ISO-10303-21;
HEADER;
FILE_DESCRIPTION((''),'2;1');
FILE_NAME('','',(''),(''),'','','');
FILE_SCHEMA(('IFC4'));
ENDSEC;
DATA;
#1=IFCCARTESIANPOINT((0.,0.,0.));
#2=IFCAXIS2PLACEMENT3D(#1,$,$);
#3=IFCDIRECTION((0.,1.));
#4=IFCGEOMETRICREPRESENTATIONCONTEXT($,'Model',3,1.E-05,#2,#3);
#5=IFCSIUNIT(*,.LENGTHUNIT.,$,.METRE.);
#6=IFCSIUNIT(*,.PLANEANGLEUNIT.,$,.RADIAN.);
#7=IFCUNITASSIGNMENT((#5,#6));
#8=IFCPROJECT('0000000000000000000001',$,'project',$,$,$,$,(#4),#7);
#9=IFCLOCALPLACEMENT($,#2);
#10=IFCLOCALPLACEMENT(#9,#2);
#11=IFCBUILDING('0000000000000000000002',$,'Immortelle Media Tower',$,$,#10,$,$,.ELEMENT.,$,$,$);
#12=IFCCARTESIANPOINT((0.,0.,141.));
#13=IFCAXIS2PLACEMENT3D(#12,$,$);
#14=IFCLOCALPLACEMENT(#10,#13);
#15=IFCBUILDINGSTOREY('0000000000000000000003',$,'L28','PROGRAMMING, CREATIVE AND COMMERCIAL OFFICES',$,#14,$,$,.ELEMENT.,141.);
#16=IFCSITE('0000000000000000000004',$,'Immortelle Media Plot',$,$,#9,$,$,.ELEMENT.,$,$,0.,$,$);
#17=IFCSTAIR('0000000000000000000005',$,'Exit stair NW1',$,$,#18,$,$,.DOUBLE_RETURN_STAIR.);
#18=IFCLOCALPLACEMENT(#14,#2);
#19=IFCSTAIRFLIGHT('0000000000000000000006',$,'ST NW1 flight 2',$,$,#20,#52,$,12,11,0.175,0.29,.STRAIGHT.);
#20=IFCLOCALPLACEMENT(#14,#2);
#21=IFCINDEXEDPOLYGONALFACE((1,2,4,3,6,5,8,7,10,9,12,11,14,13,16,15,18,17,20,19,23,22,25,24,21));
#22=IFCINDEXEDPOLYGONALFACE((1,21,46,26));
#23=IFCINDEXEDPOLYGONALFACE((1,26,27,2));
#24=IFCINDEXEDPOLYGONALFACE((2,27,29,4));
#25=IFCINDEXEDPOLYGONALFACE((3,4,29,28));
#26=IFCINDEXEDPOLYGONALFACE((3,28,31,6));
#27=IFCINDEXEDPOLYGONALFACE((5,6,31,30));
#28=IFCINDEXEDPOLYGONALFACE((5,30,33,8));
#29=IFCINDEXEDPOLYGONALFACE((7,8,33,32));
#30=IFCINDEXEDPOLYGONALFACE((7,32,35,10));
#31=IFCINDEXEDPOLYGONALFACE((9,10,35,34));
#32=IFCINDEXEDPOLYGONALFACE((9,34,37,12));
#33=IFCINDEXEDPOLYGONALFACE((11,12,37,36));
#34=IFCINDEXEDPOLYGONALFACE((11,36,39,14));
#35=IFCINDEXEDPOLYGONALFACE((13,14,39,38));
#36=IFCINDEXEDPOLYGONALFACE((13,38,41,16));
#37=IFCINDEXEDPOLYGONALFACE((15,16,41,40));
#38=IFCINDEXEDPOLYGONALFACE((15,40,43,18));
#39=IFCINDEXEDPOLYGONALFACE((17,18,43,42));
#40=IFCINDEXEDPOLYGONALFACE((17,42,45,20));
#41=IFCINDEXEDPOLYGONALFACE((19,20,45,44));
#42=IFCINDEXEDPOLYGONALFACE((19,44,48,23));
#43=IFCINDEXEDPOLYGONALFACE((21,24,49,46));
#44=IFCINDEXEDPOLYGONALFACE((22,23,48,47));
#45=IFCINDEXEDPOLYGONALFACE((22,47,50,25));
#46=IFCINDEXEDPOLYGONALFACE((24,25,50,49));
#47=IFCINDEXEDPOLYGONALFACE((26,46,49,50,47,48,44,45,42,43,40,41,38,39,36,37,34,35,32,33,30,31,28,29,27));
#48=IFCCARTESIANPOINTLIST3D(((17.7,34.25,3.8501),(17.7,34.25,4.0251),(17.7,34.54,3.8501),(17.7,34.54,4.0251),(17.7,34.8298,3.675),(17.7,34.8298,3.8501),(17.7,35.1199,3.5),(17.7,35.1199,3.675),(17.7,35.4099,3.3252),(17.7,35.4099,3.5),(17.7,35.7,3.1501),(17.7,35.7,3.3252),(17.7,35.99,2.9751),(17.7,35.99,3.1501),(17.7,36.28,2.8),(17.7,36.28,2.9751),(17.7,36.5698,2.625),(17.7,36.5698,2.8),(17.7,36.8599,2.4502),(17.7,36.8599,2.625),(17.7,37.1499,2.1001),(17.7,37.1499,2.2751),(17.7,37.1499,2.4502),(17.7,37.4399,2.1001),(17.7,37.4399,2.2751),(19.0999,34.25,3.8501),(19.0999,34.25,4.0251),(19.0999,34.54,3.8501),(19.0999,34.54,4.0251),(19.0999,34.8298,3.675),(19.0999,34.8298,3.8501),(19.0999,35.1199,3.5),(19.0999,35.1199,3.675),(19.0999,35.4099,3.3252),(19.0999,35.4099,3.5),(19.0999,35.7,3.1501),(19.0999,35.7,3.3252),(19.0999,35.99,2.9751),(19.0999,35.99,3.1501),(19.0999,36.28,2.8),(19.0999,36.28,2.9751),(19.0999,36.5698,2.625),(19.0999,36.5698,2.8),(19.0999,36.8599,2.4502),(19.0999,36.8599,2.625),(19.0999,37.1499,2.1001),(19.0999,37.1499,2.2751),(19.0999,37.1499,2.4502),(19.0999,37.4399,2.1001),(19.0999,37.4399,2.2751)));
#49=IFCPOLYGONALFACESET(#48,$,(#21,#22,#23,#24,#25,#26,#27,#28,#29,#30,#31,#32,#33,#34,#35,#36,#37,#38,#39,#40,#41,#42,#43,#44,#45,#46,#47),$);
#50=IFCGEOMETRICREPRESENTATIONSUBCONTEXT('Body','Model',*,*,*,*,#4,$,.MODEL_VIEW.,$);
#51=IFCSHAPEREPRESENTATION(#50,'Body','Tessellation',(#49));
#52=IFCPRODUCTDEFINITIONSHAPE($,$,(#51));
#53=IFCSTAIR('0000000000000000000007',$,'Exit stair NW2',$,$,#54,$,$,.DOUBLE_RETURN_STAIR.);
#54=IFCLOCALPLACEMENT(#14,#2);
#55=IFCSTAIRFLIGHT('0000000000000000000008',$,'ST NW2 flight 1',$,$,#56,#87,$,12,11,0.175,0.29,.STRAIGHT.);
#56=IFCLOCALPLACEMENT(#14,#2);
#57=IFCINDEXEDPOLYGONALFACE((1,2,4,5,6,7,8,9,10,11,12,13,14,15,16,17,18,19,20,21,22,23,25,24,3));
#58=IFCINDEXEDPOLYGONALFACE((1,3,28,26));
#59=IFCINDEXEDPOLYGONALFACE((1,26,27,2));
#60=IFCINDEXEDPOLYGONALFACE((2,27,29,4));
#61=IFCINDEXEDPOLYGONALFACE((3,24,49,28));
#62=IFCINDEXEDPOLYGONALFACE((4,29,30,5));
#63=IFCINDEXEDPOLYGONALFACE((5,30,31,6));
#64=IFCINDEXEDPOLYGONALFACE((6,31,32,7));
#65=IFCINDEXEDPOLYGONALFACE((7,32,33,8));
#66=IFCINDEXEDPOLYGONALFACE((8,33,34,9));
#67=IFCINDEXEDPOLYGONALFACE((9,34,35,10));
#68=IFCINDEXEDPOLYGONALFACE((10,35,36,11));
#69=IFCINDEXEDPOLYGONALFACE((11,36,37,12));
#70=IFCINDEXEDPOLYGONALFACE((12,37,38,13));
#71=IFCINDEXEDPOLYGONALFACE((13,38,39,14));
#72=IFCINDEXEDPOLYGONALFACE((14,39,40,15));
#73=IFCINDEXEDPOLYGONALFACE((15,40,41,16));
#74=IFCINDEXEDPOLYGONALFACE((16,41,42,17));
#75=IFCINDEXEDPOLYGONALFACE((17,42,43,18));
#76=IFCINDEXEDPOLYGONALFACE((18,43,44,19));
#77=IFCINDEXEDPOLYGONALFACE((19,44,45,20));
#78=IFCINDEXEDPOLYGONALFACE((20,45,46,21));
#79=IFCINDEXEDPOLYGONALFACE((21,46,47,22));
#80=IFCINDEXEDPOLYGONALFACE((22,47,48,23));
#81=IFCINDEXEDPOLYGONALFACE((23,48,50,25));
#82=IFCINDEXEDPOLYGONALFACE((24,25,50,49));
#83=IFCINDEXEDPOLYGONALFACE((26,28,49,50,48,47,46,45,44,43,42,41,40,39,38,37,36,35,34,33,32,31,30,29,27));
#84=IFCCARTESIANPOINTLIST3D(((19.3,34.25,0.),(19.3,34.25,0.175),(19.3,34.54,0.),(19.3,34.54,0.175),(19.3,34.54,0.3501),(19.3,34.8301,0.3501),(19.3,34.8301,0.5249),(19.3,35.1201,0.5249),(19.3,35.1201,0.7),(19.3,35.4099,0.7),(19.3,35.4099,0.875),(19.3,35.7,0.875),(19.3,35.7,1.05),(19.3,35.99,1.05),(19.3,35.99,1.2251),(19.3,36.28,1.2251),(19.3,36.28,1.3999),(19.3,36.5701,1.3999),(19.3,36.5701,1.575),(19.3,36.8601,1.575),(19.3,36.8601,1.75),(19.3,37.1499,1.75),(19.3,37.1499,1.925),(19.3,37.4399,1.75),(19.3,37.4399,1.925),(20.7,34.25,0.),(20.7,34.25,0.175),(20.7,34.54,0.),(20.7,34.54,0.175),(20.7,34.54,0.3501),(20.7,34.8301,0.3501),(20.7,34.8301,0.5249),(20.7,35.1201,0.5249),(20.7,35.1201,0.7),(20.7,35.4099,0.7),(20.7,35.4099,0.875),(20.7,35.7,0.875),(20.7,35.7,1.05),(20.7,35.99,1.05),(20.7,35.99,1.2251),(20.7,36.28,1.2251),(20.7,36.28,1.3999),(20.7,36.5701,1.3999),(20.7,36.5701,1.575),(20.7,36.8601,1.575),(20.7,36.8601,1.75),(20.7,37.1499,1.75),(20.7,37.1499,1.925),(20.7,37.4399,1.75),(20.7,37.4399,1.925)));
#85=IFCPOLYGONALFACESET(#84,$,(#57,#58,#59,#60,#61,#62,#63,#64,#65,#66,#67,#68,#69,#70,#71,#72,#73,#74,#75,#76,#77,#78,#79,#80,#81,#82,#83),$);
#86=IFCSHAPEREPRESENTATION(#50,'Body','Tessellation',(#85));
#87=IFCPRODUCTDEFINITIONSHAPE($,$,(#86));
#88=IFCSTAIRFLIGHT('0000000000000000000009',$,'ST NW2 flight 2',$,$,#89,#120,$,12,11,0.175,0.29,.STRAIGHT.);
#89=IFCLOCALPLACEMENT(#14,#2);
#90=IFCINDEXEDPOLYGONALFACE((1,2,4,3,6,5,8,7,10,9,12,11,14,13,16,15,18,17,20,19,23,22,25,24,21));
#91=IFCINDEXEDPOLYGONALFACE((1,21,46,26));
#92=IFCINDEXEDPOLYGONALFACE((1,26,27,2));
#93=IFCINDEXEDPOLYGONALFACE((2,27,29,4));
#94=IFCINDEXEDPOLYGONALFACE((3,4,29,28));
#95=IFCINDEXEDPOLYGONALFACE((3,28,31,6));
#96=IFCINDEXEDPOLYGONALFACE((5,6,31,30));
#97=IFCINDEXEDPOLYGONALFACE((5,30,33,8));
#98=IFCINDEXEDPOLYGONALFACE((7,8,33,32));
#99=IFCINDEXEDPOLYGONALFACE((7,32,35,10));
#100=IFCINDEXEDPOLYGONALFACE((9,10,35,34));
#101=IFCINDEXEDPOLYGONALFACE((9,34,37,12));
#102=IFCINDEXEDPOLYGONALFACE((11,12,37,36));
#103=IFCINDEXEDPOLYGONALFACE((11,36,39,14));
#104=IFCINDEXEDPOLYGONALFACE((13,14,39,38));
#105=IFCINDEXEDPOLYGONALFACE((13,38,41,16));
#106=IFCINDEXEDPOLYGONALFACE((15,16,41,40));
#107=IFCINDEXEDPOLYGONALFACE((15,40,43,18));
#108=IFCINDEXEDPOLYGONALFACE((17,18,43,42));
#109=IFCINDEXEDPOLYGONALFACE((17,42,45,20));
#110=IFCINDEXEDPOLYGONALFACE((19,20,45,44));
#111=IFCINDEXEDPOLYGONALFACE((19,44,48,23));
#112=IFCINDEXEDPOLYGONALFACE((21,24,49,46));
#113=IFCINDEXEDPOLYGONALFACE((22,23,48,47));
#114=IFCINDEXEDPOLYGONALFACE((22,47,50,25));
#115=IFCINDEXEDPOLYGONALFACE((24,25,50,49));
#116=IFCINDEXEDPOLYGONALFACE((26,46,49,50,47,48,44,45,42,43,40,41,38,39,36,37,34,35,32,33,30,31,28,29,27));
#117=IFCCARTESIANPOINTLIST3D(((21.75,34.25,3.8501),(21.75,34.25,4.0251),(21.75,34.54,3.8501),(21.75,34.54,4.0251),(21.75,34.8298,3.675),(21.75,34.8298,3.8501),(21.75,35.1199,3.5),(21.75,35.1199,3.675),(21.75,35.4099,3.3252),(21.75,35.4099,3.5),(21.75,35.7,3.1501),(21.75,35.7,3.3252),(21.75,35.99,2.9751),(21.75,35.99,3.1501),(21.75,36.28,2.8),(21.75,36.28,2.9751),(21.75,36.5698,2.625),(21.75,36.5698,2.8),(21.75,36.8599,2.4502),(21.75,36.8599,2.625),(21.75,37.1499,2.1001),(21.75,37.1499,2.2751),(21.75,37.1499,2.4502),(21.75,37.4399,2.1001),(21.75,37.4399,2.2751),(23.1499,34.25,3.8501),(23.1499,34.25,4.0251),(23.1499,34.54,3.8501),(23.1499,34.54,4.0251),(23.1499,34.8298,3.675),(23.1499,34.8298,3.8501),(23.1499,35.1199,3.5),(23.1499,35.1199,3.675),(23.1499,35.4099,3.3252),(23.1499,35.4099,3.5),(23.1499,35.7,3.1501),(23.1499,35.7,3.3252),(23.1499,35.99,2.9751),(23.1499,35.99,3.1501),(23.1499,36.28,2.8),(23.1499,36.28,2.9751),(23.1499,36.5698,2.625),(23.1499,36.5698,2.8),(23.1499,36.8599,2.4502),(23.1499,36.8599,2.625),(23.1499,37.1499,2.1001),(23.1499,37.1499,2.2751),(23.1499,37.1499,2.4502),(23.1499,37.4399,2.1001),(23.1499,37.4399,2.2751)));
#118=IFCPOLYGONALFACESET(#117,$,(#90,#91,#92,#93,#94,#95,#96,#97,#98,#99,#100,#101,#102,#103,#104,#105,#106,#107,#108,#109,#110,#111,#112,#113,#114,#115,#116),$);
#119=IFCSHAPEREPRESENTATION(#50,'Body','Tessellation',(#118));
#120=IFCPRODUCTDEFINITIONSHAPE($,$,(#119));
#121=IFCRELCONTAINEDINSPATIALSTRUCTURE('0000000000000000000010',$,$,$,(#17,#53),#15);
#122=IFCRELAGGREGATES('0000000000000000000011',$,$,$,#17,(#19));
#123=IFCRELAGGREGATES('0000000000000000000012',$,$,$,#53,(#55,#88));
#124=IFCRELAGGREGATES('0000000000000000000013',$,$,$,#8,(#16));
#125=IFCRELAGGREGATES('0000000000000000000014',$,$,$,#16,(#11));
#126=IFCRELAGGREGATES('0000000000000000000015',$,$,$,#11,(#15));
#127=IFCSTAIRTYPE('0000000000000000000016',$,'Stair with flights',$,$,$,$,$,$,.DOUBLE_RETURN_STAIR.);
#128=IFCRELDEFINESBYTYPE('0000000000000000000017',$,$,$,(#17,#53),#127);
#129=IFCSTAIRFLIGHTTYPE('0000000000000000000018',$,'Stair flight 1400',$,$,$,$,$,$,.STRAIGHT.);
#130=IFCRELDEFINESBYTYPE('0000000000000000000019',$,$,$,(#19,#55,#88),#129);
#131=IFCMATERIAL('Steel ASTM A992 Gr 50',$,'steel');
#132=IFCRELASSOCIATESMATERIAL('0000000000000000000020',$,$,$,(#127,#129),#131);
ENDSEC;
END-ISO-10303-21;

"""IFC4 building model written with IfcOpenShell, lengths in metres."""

from ifc_helpers import new_model, si_unit, direction, frame, origin, place, context, subcontext, project, spatial, polyline, outline, extrude, material, type_object, element, aggregate, save


model = new_model("IFC4")

# Units and contexts
model_context = context("Model", 3, precision=1e-05, world=origin(), true_north=direction((0.0, 1.0)))
body_context = subcontext(model_context, "Body", "Model", "MODEL_VIEW")
ifc_project = project(units=[si_unit("LENGTHUNIT", "METRE"), si_unit("PLANEANGLEUNIT", "RADIAN")], contexts=[model_context])

# Site, building, storey
site_placement = place(None, origin())
site = spatial("IfcSite", under=ifc_project, at=site_placement, Name="Immortelle Media Plot", CompositionType="ELEMENT", RefElevation=0.0)
building_placement = place(site_placement, origin())
building = spatial("IfcBuilding", under=site, at=building_placement, Name="Immortelle Media Tower", CompositionType="ELEMENT")
storey_placement = place(building_placement, frame((0.0, 0.0, 141.0)))
storey = spatial("IfcBuildingStorey", under=building, at=storey_placement, Name="L28", Description="PROGRAMMING, CREATIVE AND COMMERCIAL OFFICES", CompositionType="ELEMENT", Elevation=141.0)

# Shared definitions
ifc_material_1 = material(Name="Steel ASTM A992 Gr 50", Category="steel")

# Stairs, stair flights
stair_type = type_object("IfcStairType", Name="Stair with flights", PredefinedType="DOUBLE_RETURN_STAIR", material=ifc_material_1)
stair_1_placement = place(storey_placement, origin())
stair_1 = element("IfcStair", 1, at=stair_1_placement, inside=storey, type_object=stair_type, Name="Exit stair NW1", PredefinedType="DOUBLE_RETURN_STAIR")
stair_flight_type = type_object("IfcStairFlightType", Name="Stair flight 1400", PredefinedType="STRAIGHT", material=ifc_material_1)
stair_flight_1_placement = place(storey_placement, frame((18.3999, 37.4399, 2.1001), z_axis=(0.0, 0.0, 1.0), x_axis=(0.0, -1.0, 0.0)))
stair_flight_1 = element("IfcStairFlight", 2, at=stair_flight_1_placement, type_object=stair_flight_type, Name="ST NW1 flight 2", NumberOfRisers=12, NumberOfTreads=11, PredefinedType="STRAIGHT", RiserHeight=0.175, TreadLength=0.29, context=body_context, shape_type="SweptSolid", body=[
    extrude(outline(polyline([(0.0, 0.0), (0.0, 0.175), (0.29, 0.175), (0.29, 0.3501), (0.5801, 0.3501), (0.5801, 0.5249), (0.8701, 0.5249), (0.8701, 0.7), (1.1599, 0.7), (1.1599, 0.875), (1.45, 0.875), (1.45, 1.05), (1.74, 1.05), (1.74, 1.2251), (2.03, 1.2251), (2.03, 1.3999), (2.3201, 1.3999), (2.3201, 1.575), (2.6101, 1.575), (2.6101, 1.75), (2.8999, 1.75), (2.8999, 1.925), (3.1899, 1.925), (3.1899, 2.1001), (3.1899, 1.75), (0.29, 0.0), (0.0, 0.0)])), frame((0.0, 0.7, 0.0), z_axis=(0.0, -1.0, 0.0), x_axis=(1.0, 0.0, 0.0)), (0.0, 0.0, 1.0), 1.3999),
])
aggregate(stair_1, [stair_flight_1])
stair_2_placement = place(storey_placement, origin())
stair_2 = element("IfcStair", 3, at=stair_2_placement, inside=storey, type_object=stair_type, Name="Exit stair NW2", PredefinedType="DOUBLE_RETURN_STAIR")
stair_flight_2_placement = place(storey_placement, frame((20.0, 34.25, 0.0), z_axis=(0.0, 0.0, 1.0), x_axis=(0.0, 1.0, 0.0)))
stair_flight_2 = element("IfcStairFlight", 4, at=stair_flight_2_placement, type_object=stair_flight_type, Name="ST NW2 flight 1", NumberOfRisers=12, NumberOfTreads=11, PredefinedType="STRAIGHT", RiserHeight=0.175, TreadLength=0.29, context=body_context, shape_type="SweptSolid", body=[
    extrude(outline(polyline([(0.0, 0.0), (0.0, 0.175), (0.29, 0.175), (0.29, 0.3501), (0.5801, 0.3501), (0.5801, 0.5249), (0.8701, 0.5249), (0.8701, 0.7), (1.1599, 0.7), (1.1599, 0.875), (1.45, 0.875), (1.45, 1.05), (1.74, 1.05), (1.74, 1.2251), (2.03, 1.2251), (2.03, 1.3999), (2.3201, 1.3999), (2.3201, 1.575), (2.6101, 1.575), (2.6101, 1.75), (2.8999, 1.75), (2.8999, 1.925), (3.1899, 1.925), (3.1899, 2.1001), (3.1899, 1.75), (0.29, 0.0), (0.0, 0.0)])), frame((0.0, 0.7, 0.0), z_axis=(0.0, -1.0, 0.0), x_axis=(1.0, 0.0, 0.0)), (0.0, 0.0, 1.0), 1.3999),
])
stair_flight_3_placement = place(storey_placement, frame((22.45, 37.4399, 2.1001), z_axis=(0.0, 0.0, 1.0), x_axis=(0.0, -1.0, 0.0)))
stair_flight_3 = element("IfcStairFlight", 5, at=stair_flight_3_placement, type_object=stair_flight_type, Name="ST NW2 flight 2", NumberOfRisers=12, NumberOfTreads=11, PredefinedType="STRAIGHT", RiserHeight=0.175, TreadLength=0.29, context=body_context, shape_type="SweptSolid", body=[
    extrude(outline(polyline([(0.0, 0.0), (0.0, 0.175), (0.29, 0.175), (0.29, 0.3501), (0.5801, 0.3501), (0.5801, 0.5249), (0.8701, 0.5249), (0.8701, 0.7), (1.1599, 0.7), (1.1599, 0.875), (1.45, 0.875), (1.45, 1.05), (1.74, 1.05), (1.74, 1.2251), (2.03, 1.2251), (2.03, 1.3999), (2.3201, 1.3999), (2.3201, 1.575), (2.6101, 1.575), (2.6101, 1.75), (2.8999, 1.75), (2.8999, 1.925), (3.1899, 1.925), (3.1899, 2.1001), (3.1899, 1.75), (0.29, 0.0), (0.0, 0.0)])), frame((0.0, 0.7, 0.0), z_axis=(0.0, -1.0, 0.0), x_axis=(1.0, 0.0, 0.0)), (0.0, 0.0, 1.0), 1.3999),
])
aggregate(stair_2, [stair_flight_2, stair_flight_3])

save(model, "model.ifc")
